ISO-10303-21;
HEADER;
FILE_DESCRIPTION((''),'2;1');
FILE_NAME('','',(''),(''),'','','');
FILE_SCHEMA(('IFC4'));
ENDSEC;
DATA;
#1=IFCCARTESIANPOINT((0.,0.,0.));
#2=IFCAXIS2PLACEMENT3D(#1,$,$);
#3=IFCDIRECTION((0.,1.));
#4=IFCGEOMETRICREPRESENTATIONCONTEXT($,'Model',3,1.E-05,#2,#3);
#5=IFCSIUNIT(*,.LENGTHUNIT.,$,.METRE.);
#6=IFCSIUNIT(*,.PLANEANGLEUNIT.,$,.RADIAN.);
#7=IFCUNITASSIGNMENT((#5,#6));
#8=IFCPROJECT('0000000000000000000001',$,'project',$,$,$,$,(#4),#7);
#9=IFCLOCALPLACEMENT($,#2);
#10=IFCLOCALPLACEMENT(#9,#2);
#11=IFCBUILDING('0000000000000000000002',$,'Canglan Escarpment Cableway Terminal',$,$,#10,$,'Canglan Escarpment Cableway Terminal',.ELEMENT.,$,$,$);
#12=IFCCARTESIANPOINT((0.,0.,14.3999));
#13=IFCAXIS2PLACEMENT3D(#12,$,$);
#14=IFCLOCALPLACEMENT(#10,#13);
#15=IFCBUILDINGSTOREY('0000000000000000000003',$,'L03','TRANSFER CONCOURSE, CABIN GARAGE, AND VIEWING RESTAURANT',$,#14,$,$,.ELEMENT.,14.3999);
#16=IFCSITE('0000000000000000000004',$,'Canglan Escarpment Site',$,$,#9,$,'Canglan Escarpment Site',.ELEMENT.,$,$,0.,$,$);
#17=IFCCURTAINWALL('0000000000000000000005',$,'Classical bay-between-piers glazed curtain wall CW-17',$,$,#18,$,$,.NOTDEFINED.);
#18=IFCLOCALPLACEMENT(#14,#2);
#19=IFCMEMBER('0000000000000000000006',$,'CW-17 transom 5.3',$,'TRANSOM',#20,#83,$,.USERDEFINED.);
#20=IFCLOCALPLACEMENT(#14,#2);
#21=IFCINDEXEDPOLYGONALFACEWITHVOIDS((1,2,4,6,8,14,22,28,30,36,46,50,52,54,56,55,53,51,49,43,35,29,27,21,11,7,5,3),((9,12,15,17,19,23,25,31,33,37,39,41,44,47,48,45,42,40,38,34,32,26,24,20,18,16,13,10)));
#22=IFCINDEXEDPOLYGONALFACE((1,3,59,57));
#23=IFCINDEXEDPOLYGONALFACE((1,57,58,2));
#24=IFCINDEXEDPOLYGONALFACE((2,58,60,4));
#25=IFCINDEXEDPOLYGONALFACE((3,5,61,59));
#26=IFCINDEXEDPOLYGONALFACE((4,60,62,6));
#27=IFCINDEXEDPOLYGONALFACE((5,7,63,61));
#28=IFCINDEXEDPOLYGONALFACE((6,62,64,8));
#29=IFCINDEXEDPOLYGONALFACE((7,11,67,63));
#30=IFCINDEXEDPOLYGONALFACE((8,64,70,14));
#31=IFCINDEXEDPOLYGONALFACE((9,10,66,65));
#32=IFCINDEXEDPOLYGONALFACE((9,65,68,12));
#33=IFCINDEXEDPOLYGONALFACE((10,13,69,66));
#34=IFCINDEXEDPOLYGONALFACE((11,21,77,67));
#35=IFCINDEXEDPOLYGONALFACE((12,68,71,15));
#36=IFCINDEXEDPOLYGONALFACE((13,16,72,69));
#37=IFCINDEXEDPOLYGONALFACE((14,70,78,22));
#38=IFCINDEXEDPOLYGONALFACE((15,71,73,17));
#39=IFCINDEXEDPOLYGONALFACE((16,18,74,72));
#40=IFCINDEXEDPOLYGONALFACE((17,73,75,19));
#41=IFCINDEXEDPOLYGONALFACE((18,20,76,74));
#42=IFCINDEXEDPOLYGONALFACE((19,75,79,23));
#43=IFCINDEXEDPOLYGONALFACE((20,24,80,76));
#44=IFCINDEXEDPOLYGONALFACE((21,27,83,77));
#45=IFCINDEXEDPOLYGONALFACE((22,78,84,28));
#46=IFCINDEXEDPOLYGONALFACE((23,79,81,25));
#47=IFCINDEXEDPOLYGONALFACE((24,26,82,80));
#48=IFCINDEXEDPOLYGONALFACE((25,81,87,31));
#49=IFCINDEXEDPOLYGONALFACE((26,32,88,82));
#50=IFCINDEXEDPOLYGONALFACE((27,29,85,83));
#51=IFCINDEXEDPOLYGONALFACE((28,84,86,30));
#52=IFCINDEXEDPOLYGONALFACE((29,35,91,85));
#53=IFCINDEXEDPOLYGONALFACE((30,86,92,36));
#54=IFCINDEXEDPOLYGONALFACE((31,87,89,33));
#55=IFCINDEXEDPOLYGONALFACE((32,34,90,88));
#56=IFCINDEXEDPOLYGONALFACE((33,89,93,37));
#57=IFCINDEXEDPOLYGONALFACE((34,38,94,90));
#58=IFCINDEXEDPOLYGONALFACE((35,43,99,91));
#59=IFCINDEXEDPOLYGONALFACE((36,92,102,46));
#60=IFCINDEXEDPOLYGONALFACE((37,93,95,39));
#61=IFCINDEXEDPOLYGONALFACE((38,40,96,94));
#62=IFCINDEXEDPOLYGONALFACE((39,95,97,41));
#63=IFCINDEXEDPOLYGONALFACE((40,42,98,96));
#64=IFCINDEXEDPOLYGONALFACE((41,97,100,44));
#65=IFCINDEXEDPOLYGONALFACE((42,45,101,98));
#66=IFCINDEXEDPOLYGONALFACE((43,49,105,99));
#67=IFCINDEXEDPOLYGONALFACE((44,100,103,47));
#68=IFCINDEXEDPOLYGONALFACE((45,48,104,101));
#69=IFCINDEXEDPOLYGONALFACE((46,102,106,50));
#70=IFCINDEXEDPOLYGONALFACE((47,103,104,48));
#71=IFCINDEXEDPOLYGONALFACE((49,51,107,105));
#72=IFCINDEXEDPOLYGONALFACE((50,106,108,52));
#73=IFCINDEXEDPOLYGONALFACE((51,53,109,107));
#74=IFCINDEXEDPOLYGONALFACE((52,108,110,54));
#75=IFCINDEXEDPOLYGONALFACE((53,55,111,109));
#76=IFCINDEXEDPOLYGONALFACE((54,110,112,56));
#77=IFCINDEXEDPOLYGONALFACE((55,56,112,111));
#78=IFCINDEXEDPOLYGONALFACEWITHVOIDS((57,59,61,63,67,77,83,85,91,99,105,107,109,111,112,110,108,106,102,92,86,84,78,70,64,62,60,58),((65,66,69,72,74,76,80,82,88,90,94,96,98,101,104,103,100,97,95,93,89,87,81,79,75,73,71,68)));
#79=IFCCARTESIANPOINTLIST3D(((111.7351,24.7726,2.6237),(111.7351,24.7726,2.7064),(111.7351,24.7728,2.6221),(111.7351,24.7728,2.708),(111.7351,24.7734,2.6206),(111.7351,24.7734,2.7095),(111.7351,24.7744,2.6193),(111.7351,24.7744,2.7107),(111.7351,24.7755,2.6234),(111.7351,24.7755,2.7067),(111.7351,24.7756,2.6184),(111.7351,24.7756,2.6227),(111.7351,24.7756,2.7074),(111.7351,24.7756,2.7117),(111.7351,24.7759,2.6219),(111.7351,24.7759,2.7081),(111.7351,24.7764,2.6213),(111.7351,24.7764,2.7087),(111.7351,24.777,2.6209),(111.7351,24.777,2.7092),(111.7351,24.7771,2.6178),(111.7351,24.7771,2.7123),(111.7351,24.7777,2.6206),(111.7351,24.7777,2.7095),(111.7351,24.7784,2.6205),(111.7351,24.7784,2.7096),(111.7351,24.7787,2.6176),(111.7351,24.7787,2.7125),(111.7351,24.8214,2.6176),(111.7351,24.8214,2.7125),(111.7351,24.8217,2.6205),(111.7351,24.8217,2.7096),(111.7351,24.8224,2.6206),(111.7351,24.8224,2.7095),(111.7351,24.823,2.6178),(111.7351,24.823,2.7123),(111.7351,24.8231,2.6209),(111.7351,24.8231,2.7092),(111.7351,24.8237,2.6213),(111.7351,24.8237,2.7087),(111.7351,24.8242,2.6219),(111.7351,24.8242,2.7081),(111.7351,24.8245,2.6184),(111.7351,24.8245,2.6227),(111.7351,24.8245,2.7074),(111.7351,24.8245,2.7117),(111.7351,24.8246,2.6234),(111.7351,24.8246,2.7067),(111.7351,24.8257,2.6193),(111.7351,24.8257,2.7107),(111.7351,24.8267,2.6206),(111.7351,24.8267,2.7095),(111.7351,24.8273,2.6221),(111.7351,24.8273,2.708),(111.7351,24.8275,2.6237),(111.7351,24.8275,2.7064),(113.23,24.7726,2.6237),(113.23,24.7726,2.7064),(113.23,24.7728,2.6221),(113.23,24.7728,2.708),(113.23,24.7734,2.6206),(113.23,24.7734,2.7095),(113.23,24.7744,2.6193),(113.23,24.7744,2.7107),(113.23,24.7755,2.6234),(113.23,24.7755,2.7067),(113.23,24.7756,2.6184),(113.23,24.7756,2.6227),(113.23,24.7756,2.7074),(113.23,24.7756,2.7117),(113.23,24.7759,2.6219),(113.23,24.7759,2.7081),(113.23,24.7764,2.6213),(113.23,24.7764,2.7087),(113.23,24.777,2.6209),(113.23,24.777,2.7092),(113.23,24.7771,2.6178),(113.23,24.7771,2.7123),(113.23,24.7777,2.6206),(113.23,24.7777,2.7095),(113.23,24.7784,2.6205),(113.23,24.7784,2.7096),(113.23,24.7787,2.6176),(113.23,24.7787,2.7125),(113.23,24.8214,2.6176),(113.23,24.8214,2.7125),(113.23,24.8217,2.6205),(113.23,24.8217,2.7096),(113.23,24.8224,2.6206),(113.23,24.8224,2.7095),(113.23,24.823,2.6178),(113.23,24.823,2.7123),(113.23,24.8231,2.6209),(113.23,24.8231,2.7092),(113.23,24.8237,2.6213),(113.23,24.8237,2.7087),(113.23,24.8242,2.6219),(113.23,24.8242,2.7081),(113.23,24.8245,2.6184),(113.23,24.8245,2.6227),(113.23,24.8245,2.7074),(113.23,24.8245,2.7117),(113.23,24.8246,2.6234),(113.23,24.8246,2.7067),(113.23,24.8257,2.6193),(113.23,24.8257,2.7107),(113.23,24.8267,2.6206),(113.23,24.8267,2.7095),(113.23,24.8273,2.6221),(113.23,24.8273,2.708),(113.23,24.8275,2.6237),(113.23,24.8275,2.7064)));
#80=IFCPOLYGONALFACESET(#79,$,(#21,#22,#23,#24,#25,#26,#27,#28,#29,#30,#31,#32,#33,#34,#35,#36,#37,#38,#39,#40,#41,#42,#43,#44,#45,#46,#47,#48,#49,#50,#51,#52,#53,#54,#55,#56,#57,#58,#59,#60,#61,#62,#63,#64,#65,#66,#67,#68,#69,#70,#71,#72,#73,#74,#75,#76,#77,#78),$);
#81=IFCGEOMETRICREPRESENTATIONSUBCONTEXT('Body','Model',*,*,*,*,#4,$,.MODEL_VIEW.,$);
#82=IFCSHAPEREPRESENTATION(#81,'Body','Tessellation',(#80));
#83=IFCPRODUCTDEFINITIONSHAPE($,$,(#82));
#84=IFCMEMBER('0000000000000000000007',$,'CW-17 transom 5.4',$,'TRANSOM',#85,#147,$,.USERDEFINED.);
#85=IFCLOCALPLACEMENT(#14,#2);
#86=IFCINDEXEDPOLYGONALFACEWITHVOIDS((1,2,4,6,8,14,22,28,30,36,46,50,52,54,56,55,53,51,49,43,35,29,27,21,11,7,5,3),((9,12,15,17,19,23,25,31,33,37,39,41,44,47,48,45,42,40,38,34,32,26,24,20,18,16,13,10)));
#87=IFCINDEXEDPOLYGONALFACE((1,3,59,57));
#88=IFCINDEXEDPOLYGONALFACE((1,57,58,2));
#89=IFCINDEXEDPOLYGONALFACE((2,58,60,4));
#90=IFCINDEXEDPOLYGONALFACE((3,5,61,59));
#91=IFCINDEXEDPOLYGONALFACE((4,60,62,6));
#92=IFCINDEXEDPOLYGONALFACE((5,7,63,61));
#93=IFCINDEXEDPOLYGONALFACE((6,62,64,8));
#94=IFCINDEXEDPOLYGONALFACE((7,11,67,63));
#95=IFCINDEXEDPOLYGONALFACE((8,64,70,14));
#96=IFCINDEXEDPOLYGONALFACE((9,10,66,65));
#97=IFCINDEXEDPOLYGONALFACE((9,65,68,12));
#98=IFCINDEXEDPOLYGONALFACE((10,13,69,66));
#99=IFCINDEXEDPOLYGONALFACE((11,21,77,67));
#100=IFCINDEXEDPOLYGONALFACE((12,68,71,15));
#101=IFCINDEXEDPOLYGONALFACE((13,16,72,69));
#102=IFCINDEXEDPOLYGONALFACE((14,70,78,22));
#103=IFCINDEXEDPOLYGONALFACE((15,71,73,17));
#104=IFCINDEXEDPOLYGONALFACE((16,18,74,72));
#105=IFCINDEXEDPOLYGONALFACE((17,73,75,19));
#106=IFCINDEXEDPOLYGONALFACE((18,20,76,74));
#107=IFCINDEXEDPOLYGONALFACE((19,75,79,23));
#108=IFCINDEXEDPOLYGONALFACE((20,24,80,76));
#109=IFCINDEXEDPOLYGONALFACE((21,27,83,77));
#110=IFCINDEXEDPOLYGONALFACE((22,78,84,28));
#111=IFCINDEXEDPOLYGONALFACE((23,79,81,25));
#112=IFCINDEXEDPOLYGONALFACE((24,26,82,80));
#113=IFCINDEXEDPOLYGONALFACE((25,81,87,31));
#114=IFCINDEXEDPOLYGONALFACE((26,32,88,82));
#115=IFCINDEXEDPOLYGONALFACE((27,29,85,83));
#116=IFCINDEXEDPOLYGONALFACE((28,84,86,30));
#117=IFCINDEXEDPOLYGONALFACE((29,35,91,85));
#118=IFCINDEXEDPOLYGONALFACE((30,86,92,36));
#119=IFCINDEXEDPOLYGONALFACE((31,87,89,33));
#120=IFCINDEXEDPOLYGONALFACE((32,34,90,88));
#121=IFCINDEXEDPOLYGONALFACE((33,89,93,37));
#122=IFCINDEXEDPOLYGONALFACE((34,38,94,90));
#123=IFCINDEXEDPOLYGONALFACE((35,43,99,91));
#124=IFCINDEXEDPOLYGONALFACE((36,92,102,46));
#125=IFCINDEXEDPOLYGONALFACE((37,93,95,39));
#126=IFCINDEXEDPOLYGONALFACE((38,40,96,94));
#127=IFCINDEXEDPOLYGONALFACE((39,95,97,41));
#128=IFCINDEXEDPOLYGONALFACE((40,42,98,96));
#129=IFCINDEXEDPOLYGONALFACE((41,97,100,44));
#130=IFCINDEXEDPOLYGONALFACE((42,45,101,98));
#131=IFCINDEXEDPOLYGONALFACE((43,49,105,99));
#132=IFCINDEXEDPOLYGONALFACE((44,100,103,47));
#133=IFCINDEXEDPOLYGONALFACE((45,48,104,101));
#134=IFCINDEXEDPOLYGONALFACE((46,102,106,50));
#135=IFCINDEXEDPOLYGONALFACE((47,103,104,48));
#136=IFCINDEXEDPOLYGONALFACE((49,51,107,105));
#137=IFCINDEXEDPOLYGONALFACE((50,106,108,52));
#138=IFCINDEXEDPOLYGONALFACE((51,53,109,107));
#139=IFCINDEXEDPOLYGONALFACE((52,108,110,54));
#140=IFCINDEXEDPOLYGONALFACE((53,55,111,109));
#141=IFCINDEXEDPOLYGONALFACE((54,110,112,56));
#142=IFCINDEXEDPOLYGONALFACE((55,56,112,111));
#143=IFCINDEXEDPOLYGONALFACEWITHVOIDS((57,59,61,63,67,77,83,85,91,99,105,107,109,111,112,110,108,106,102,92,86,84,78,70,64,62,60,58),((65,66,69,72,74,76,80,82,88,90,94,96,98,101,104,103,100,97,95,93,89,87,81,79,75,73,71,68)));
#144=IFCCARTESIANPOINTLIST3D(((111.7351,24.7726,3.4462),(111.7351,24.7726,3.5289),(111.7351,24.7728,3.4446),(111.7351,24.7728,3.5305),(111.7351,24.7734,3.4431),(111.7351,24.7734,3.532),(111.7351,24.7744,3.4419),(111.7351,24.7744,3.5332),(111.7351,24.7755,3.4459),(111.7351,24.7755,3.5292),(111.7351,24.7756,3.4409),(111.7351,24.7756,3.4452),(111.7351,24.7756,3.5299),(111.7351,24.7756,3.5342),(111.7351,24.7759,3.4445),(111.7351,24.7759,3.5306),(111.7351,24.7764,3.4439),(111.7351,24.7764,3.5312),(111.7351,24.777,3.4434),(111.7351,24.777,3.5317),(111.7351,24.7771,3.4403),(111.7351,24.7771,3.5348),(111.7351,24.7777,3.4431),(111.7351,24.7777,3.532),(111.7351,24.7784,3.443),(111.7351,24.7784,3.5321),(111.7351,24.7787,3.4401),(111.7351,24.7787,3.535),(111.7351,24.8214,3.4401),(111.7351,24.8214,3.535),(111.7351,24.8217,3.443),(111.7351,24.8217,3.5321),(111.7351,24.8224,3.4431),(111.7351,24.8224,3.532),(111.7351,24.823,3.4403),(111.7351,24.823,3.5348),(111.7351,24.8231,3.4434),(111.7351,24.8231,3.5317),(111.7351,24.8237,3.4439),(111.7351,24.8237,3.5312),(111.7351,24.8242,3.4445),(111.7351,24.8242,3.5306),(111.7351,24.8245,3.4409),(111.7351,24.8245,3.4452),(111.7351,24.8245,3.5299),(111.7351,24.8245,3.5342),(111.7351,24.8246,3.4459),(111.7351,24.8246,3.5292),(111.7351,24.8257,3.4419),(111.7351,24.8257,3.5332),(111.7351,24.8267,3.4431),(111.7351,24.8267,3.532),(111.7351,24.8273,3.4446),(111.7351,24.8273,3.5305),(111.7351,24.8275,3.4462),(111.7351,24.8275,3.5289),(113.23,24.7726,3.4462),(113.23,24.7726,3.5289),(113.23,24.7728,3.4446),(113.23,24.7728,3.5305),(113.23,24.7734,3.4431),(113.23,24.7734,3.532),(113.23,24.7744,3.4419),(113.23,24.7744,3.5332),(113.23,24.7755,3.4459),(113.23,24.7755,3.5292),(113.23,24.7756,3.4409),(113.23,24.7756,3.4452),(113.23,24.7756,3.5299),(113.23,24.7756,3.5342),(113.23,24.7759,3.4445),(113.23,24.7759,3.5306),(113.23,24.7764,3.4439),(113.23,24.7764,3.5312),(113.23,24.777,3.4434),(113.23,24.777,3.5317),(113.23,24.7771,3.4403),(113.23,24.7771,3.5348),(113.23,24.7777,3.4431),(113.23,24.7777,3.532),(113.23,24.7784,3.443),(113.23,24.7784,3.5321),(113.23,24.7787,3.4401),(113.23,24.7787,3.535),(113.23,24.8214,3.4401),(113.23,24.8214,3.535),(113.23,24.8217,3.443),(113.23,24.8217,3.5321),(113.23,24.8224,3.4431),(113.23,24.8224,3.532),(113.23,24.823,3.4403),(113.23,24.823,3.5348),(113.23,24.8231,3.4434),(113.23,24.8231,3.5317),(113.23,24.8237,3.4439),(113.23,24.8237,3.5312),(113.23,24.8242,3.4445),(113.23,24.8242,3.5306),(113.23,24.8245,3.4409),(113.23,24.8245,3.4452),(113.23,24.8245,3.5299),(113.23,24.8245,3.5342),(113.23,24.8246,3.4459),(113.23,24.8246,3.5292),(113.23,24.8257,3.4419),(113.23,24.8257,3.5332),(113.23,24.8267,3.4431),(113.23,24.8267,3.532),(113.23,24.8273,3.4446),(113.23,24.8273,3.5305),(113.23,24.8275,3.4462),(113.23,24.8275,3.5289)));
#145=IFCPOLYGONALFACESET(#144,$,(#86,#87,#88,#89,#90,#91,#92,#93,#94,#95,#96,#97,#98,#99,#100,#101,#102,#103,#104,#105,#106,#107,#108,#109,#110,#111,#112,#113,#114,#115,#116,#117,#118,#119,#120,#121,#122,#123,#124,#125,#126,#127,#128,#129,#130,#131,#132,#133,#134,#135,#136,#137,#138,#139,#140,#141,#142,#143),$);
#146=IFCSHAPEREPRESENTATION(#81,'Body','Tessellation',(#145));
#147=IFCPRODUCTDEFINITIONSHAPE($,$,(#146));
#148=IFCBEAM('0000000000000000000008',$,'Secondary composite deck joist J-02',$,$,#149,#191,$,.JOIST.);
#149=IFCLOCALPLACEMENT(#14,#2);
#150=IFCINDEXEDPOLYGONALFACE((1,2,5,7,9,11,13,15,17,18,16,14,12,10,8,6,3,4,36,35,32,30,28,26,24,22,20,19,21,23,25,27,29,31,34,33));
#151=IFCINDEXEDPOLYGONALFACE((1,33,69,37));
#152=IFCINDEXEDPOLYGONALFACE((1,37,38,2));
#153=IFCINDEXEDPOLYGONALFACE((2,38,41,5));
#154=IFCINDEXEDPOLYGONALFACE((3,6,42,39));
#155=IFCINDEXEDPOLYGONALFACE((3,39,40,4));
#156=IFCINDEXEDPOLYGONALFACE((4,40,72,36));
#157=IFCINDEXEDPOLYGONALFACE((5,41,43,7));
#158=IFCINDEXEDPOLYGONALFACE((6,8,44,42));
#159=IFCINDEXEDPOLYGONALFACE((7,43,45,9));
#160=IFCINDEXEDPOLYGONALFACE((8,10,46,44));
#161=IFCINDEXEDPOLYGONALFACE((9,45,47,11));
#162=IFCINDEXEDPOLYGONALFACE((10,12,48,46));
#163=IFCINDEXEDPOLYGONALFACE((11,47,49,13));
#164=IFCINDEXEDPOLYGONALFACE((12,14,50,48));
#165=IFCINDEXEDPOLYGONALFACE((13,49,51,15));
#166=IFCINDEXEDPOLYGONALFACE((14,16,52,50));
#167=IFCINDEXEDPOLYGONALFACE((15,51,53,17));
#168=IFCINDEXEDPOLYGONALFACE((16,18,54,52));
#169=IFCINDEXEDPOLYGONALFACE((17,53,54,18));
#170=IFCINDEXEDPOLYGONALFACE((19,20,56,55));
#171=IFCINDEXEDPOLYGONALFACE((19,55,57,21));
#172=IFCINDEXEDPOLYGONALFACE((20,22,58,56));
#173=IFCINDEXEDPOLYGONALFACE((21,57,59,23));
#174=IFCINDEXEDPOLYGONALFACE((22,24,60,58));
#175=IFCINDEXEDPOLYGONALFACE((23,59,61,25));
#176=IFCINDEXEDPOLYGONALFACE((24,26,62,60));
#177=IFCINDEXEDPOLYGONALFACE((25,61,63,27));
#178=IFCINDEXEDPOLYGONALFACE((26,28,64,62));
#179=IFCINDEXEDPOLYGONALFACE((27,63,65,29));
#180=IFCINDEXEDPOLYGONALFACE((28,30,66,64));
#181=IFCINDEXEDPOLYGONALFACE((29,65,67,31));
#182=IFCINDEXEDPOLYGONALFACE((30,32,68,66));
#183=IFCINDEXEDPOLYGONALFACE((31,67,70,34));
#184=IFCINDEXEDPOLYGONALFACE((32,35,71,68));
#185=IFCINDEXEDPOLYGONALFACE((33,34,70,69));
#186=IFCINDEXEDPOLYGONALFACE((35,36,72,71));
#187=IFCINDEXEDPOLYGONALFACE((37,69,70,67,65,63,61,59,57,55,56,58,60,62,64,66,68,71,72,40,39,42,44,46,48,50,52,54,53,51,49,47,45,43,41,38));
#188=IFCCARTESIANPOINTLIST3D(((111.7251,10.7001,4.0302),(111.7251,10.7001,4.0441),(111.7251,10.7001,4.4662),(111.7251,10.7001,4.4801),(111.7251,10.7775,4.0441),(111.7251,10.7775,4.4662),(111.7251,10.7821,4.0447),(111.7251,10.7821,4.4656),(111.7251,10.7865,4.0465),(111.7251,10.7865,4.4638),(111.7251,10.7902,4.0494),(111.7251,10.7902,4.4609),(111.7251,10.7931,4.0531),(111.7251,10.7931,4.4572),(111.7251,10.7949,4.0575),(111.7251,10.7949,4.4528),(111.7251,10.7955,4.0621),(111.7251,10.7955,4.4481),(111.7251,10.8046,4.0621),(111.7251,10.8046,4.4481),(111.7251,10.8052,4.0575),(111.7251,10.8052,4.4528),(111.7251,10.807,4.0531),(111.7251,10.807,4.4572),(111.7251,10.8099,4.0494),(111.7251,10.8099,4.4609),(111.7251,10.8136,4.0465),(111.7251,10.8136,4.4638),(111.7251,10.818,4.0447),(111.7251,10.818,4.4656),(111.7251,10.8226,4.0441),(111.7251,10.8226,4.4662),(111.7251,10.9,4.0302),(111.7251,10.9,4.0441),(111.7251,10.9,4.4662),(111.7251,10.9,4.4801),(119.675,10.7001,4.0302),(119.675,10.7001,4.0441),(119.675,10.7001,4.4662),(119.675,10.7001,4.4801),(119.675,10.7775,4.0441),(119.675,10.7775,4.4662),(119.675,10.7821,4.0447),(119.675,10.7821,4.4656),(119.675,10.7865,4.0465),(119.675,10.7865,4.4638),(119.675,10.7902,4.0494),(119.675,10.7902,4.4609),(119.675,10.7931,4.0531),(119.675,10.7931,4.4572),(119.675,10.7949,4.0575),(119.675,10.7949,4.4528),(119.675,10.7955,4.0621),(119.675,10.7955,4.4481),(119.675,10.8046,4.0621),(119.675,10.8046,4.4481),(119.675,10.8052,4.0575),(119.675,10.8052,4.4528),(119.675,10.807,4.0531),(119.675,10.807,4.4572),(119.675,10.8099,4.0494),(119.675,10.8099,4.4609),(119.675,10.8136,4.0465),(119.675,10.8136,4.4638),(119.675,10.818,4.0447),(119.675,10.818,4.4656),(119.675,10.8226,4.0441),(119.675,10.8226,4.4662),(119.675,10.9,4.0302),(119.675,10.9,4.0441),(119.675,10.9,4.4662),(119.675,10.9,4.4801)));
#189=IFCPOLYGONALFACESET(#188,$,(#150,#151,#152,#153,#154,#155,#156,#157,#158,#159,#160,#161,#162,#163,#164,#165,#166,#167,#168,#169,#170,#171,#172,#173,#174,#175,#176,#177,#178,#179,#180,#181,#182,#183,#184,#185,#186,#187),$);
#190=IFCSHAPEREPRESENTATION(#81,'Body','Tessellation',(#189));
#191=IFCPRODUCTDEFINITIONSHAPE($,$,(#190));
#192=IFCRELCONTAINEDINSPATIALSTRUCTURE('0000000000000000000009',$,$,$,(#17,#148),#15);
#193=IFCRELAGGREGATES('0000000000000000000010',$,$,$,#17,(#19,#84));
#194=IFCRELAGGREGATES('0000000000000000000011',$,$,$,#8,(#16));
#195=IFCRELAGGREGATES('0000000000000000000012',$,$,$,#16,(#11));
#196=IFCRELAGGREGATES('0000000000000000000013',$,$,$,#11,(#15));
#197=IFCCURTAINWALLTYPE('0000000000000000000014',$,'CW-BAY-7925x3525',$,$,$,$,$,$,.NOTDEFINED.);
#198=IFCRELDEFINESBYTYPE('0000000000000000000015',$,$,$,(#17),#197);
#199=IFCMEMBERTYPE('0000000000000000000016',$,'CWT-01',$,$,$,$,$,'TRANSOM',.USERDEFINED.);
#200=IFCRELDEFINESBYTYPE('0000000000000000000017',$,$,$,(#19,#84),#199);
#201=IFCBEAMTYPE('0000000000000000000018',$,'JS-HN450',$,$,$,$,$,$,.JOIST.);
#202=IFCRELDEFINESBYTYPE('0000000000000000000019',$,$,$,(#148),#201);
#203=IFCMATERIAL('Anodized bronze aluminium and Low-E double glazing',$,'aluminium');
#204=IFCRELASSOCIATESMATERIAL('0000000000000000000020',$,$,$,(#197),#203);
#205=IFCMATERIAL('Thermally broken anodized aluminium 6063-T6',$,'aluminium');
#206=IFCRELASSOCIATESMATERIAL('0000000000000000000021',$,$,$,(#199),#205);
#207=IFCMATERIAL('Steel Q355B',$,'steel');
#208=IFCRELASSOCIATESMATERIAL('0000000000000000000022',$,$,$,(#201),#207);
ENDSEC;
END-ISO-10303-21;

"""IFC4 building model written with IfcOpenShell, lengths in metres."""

from ifc_helpers import new_model, si_unit, direction, frame, origin, origin_2d, place, context, subcontext, project, spatial, hollow_rectangle, i_section, extrude, material, material_profile, profile_set, type_object, element, aggregate, save


model = new_model("IFC4")

# Units and contexts
model_context = context("Model", 3, precision=1e-05, world=origin(), true_north=direction((0.0, 1.0)))
body_context = subcontext(model_context, "Body", "Model", "MODEL_VIEW")
ifc_project = project(units=[si_unit("LENGTHUNIT", "METRE"), si_unit("PLANEANGLEUNIT", "RADIAN")], contexts=[model_context])

# Site, building, storey
site_placement = place(None, origin())
site = spatial("IfcSite", under=ifc_project, at=site_placement, Name="Canglan Escarpment Site", LongName="Canglan Escarpment Site", CompositionType="ELEMENT", RefElevation=0.0)
building_placement = place(site_placement, origin())
building = spatial("IfcBuilding", under=site, at=building_placement, Name="Canglan Escarpment Cableway Terminal", LongName="Canglan Escarpment Cableway Terminal", CompositionType="ELEMENT")
storey_placement = place(building_placement, frame((0.0, 0.0, 14.3999)))
storey = spatial("IfcBuildingStorey", under=building, at=storey_placement, Name="L03", Description="TRANSFER CONCOURSE, CABIN GARAGE, AND VIEWING RESTAURANT", CompositionType="ELEMENT", Elevation=14.3999)

# Curtain wall, members
ifc_material_1 = material(Name="Anodized bronze aluminium and Low-E double glazing", Category="aluminium")
curtain_wall_type = type_object("IfcCurtainWallType", Name="CW-BAY-7925x3525", PredefinedType="NOTDEFINED", material=ifc_material_1)
curtain_wall_placement = place(storey_placement, origin())
curtain_wall = element("IfcCurtainWall", 1, at=curtain_wall_placement, inside=storey, type_object=curtain_wall_type, Name="Classical bay-between-piers glazed curtain wall CW-17", PredefinedType="NOTDEFINED")
ifc_material_2 = material(Name="Thermally broken anodized aluminium 6063-T6", Category="aluminium")
ifc_material_profile_1 = material_profile(ifc_material_2, hollow_rectangle(XDim=0.0549, YDim=0.095, WallThickness=0.0029, InnerFilletRadius=0.0029, OuterFilletRadius=0.0061, at=origin_2d()), Name="ALU-TRAN 55x95x3")
ifc_profile_set_1 = profile_set([ifc_material_profile_1], Name="Thermally broken anodized aluminium 6063-T6")
member_type_1 = type_object("IfcMemberType", Name="CWT-01", ElementType="TRANSOM", PredefinedType="USERDEFINED", material=ifc_profile_set_1)
member_1_placement = place(storey_placement, frame((113.23, 24.8, 2.665), z_axis=(-1.0, 0.0, 0.0), x_axis=(0.0, -1.0, 0.0)))
member_1 = element("IfcMember", 2, at=member_1_placement, type_object=member_type_1, Name="CW-17 transom 5.3", ObjectType="TRANSOM", PredefinedType="USERDEFINED", context=body_context, shape_type="SweptSolid", body=[
    extrude(hollow_rectangle(XDim=0.0549, YDim=0.095, WallThickness=0.0029, InnerFilletRadius=0.0029, OuterFilletRadius=0.0061, at=origin_2d()), origin(), (0.0, 0.0, 1.0), 1.4949),
])
member_2_placement = place(storey_placement, frame((113.23, 24.8, 3.4875), z_axis=(-1.0, 0.0, 0.0), x_axis=(0.0, -1.0, 0.0)))
member_2 = element("IfcMember", 3, at=member_2_placement, type_object=member_type_1, Name="CW-17 transom 5.4", ObjectType="TRANSOM", PredefinedType="USERDEFINED", context=body_context, shape_type="SweptSolid", body=[
    extrude(hollow_rectangle(XDim=0.0549, YDim=0.095, WallThickness=0.0029, InnerFilletRadius=0.0029, OuterFilletRadius=0.0061, at=origin_2d()), origin(), (0.0, 0.0, 1.0), 1.4949),
])

# Beam
ifc_material_3 = material(Name="Steel Q355B", Category="steel")
ifc_material_profile_2 = material_profile(ifc_material_3, i_section(OverallWidth=0.2, OverallDepth=0.45, WebThickness=0.009, FlangeThickness=0.0139, FilletRadius=0.0181, at=origin_2d()), Name="HN 450x200x9x14")
ifc_profile_set_2 = profile_set([ifc_material_profile_2], Name="Steel Q355B")
beam_type_1 = type_object("IfcBeamType", Name="JS-HN450", PredefinedType="JOIST", material=ifc_profile_set_2)
for number, where, z_axis, x_axis, name in (
    (4, (111.7251, 10.8, 4.2551), (1.0, 0.0, 0.0), (0.0, 1.0, 0.0), "Secondary composite deck joist J-02"),
):
    element("IfcBeam", number, at=place(storey_placement, frame(where, z_axis=z_axis, x_axis=x_axis)), inside=storey, type_object=beam_type_1, Name=name, PredefinedType="JOIST", context=body_context, shape_type="SweptSolid", body=[
        extrude(i_section(OverallWidth=0.2, OverallDepth=0.45, WebThickness=0.009, FlangeThickness=0.0139, FilletRadius=0.0181, at=origin_2d()), origin(), (0.0, 0.0, 1.0), 7.95),
    ])

aggregate(curtain_wall, [member_1, member_2])

save(model, "model.ifc")
